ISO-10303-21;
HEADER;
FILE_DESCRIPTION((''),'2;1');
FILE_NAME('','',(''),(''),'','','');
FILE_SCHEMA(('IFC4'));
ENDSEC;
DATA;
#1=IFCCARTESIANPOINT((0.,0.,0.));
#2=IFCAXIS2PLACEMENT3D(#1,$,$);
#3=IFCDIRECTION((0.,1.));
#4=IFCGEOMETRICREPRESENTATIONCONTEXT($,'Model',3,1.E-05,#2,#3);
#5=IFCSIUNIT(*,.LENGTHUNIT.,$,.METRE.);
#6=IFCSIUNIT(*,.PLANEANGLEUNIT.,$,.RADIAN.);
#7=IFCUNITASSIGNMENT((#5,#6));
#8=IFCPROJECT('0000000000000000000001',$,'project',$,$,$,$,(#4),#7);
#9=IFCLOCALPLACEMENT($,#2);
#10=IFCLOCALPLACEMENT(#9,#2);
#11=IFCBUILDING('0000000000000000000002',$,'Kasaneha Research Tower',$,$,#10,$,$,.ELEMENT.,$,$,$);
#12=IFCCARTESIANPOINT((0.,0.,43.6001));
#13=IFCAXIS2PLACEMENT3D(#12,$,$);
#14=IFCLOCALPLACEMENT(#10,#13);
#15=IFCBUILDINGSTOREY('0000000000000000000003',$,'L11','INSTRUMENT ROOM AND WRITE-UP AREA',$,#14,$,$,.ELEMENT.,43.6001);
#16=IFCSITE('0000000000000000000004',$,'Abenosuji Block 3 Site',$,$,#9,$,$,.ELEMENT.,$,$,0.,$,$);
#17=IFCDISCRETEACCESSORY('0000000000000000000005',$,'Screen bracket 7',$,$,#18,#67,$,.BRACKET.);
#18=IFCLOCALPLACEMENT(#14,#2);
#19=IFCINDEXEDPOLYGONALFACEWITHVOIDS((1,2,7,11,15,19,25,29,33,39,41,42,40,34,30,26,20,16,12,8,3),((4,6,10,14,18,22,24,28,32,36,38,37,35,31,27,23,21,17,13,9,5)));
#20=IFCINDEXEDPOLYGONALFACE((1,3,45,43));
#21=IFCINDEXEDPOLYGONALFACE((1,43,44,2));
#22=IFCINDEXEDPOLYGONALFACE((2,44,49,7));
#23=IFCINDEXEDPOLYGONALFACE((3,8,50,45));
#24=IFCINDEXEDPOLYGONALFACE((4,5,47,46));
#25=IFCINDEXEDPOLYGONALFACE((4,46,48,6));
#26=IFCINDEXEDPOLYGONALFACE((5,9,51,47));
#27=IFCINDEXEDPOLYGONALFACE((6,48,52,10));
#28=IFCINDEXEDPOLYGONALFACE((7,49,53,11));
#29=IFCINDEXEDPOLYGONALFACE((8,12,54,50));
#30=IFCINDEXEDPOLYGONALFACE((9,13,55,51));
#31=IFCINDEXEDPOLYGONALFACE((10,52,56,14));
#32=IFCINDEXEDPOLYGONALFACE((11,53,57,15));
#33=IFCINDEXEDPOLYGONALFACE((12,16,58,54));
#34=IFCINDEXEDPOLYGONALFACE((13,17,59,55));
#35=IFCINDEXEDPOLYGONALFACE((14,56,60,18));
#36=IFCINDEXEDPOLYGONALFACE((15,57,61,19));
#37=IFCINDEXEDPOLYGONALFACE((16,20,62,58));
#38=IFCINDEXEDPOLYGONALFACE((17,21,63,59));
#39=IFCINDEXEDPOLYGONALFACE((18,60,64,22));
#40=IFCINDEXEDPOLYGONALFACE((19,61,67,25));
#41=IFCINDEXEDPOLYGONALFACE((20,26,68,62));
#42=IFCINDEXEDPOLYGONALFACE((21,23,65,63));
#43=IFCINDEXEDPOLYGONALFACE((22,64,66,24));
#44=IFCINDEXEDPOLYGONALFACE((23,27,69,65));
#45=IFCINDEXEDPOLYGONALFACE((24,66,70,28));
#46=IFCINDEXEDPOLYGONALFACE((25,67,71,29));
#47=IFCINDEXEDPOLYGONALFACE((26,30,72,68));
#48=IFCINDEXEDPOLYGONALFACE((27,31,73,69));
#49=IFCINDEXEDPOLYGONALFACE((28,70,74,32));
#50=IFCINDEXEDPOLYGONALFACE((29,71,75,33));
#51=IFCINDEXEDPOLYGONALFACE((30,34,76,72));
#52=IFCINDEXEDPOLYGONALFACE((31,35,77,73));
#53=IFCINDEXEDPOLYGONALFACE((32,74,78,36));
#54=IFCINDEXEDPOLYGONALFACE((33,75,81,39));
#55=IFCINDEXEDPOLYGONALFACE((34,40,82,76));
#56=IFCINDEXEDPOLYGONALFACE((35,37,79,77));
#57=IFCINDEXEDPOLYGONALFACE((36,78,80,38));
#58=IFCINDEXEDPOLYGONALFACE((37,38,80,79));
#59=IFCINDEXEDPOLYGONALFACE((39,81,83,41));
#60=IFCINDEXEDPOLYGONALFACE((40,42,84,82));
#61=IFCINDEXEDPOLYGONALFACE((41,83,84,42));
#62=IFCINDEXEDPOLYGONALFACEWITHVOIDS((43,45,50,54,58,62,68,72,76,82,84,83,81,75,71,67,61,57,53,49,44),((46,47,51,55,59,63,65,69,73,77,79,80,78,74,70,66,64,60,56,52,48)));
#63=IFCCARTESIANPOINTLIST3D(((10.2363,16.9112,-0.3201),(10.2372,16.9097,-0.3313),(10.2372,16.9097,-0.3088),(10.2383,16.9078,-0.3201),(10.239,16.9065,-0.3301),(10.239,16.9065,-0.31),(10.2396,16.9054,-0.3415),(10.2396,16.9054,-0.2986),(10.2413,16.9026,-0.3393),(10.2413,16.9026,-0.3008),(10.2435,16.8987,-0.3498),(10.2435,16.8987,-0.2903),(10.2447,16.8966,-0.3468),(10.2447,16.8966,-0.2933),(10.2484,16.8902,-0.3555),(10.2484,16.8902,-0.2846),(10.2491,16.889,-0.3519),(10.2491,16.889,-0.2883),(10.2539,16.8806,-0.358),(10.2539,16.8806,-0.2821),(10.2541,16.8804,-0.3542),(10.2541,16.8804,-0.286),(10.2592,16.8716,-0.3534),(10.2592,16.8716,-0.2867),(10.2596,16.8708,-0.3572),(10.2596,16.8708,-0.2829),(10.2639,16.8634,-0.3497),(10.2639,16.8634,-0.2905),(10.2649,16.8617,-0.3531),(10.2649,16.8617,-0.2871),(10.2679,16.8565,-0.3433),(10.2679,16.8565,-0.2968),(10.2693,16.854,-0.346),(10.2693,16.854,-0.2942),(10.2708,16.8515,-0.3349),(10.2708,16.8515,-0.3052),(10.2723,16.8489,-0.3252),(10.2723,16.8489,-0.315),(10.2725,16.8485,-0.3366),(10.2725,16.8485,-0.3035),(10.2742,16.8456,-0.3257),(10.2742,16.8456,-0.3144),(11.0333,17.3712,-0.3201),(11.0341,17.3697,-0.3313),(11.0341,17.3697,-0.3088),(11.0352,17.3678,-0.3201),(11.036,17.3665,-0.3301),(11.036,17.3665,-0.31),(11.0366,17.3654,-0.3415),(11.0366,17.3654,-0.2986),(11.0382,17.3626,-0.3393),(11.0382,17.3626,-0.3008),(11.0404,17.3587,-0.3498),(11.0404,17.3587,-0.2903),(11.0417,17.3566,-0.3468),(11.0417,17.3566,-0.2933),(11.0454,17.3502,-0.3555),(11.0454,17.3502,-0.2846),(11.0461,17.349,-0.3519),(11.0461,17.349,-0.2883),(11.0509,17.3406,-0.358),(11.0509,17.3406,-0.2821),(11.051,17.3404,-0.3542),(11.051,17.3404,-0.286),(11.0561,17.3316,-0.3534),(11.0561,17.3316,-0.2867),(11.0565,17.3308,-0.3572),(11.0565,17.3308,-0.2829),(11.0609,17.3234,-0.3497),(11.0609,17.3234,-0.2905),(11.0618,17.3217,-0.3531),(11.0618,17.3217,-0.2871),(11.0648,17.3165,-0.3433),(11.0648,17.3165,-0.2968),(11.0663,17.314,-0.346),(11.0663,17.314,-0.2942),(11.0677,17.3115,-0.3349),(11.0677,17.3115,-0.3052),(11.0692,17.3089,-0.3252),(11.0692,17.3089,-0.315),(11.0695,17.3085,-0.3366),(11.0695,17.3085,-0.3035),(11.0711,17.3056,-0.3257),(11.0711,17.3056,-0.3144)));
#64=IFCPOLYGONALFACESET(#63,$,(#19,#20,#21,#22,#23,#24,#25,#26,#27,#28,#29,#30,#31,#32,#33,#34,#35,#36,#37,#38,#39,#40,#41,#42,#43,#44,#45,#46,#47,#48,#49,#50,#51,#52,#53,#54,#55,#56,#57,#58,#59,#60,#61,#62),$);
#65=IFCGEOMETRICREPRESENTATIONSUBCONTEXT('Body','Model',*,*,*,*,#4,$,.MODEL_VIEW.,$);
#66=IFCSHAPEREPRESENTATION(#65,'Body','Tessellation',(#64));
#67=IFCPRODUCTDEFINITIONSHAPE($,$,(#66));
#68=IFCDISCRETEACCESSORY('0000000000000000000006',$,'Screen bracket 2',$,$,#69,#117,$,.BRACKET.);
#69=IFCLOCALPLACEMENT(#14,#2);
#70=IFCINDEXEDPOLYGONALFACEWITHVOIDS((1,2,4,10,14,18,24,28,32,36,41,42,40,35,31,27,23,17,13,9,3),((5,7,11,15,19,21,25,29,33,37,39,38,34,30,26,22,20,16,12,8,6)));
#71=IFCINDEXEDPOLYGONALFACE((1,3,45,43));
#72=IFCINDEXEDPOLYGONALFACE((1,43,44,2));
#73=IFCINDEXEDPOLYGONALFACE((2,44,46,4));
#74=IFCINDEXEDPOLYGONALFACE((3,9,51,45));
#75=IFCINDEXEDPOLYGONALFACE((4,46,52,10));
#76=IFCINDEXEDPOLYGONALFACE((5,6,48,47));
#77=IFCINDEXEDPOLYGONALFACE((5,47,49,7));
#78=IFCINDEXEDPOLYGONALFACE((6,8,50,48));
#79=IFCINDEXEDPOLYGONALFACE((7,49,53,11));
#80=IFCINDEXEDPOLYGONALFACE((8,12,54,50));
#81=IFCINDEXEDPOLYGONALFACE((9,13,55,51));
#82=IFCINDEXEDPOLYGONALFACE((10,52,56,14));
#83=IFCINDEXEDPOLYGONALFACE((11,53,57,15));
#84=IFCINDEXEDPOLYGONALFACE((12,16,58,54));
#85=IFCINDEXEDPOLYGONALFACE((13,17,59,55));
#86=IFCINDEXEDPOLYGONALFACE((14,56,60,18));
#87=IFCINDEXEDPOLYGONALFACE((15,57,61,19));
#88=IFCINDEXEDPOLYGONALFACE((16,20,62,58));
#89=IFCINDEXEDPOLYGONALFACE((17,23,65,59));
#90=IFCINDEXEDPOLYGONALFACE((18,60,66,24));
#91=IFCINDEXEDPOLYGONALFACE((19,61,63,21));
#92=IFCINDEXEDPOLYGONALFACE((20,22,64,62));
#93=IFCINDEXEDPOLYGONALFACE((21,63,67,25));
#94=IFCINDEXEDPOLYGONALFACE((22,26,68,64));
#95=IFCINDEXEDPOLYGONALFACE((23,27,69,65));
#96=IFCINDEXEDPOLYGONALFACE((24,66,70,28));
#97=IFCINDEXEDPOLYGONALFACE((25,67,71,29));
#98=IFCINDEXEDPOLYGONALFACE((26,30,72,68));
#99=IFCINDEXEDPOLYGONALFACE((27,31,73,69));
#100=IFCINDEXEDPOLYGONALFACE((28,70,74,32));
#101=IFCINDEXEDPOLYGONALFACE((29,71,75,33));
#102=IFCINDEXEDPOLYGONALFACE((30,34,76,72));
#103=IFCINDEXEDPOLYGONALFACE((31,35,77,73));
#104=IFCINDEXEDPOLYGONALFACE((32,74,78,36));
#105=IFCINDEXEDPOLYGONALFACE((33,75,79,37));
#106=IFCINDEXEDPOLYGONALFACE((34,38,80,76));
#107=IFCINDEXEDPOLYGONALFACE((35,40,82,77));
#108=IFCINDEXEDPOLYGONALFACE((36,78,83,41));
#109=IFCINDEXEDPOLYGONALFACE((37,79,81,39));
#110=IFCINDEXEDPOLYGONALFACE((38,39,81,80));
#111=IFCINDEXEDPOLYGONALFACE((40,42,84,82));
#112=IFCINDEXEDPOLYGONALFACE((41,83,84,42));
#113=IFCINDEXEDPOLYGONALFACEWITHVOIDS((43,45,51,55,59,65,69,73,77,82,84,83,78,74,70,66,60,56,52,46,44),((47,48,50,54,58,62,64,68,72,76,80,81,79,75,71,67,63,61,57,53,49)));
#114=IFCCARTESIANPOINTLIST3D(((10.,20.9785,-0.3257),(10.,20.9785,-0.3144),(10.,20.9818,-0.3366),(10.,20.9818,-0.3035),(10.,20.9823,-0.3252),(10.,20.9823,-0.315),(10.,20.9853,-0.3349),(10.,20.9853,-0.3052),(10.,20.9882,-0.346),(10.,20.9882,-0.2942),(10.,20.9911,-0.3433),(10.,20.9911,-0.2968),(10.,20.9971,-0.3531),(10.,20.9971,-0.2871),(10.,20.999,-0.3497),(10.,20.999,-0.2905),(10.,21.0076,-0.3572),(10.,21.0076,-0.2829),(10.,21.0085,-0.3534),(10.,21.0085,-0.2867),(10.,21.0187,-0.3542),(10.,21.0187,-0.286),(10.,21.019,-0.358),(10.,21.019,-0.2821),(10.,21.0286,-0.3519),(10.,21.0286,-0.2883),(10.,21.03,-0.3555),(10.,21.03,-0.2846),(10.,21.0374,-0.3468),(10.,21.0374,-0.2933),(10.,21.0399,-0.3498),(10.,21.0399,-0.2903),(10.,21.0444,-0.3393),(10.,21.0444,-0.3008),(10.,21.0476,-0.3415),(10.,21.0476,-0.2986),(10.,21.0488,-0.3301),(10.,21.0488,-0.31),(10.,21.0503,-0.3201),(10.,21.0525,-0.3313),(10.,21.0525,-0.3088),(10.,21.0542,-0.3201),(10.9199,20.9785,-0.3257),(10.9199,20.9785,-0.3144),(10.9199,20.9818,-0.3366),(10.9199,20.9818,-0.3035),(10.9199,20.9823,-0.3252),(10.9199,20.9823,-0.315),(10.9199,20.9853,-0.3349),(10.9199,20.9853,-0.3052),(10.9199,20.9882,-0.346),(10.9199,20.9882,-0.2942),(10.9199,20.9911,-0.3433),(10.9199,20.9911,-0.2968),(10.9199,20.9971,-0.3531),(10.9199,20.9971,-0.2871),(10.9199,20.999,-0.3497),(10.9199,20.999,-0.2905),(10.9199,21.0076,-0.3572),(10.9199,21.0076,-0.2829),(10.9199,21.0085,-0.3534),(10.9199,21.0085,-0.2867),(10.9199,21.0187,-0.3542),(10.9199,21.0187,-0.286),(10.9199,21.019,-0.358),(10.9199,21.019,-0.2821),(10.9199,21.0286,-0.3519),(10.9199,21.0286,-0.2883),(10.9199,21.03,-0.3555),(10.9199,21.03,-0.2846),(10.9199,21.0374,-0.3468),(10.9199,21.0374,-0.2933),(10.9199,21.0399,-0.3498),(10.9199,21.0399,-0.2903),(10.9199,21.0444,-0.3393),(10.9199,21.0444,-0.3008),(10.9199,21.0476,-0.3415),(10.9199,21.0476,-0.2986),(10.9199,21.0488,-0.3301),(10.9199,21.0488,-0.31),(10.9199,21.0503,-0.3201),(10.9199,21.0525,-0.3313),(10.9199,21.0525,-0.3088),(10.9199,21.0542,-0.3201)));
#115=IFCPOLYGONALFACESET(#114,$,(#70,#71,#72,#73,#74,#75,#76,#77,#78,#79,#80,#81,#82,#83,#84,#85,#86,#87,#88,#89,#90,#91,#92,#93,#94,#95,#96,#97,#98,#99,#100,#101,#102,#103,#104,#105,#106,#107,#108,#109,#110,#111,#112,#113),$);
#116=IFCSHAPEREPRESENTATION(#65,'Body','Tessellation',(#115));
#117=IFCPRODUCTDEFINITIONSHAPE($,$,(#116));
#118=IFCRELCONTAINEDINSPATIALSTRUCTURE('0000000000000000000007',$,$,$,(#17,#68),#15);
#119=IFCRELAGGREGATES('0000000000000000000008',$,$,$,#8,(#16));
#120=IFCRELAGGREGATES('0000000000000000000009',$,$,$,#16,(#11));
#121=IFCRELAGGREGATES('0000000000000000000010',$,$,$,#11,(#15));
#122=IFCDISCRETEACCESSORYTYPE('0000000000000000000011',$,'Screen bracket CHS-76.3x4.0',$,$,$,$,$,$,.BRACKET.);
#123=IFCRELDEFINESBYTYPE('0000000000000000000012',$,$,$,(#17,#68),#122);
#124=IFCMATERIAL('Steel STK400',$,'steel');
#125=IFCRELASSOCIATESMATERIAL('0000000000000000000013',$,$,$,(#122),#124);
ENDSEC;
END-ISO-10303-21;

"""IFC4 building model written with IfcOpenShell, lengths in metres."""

from ifc_helpers import new_model, si_unit, direction, frame, origin, origin_2d, place, context, subcontext, project, spatial, hollow_circle, extrude, material, material_profile, profile_set, type_object, element, save


model = new_model("IFC4")

# Units and contexts
model_context = context("Model", 3, precision=1e-05, world=origin(), true_north=direction((0.0, 1.0)))
body_context = subcontext(model_context, "Body", "Model", "MODEL_VIEW")
ifc_project = project(units=[si_unit("LENGTHUNIT", "METRE"), si_unit("PLANEANGLEUNIT", "RADIAN")], contexts=[model_context])

# Site, building, storey
site_placement = place(None, origin())
site = spatial("IfcSite", under=ifc_project, at=site_placement, Name="Abenosuji Block 3 Site", CompositionType="ELEMENT", RefElevation=0.0)
building_placement = place(site_placement, origin())
building = spatial("IfcBuilding", under=site, at=building_placement, Name="Kasaneha Research Tower", CompositionType="ELEMENT")
storey_placement = place(building_placement, frame((0.0, 0.0, 43.6001)))
storey = spatial("IfcBuildingStorey", under=building, at=storey_placement, Name="L11", Description="INSTRUMENT ROOM AND WRITE-UP AREA", CompositionType="ELEMENT", Elevation=43.6001)

# Discrete accessories
ifc_material_1 = material(Name="Steel STK400", Category="steel")
ifc_material_profile_1 = material_profile(ifc_material_1, hollow_circle(Radius=0.0381, WallThickness=0.0039, at=origin_2d()), Name="CHS-76.3x4.0")
ifc_profile_set_1 = profile_set([ifc_material_profile_1], Name="Steel STK400")
discrete_accessory_type = type_object("IfcDiscreteAccessoryType", Name="Screen bracket CHS-76.3x4.0", PredefinedType="BRACKET", material=ifc_profile_set_1)
discrete_accessory_1_placement = place(storey_placement, frame((10.2554, 16.8782, -0.3201), z_axis=(0.86608, 0.499906, 0.0), x_axis=(-0.499906, 0.86608, 0.0)))
element("IfcDiscreteAccessory", 1, at=discrete_accessory_1_placement, inside=storey, type_object=discrete_accessory_type, Name="Screen bracket 7", PredefinedType="BRACKET", context=body_context, shape_type="SweptSolid", body=[
    extrude(hollow_circle(Radius=0.0381, WallThickness=0.0039, at=origin_2d()), origin(), (0.0, 0.0, 1.0), 0.9202),
])
discrete_accessory_2_placement = place(storey_placement, frame((10.0, 21.0161, -0.3201), z_axis=(1.0, 0.0, 0.0), x_axis=(0.0, 1.0, 0.0)))
element("IfcDiscreteAccessory", 2, at=discrete_accessory_2_placement, inside=storey, type_object=discrete_accessory_type, Name="Screen bracket 2", PredefinedType="BRACKET", context=body_context, shape_type="SweptSolid", body=[
    extrude(hollow_circle(Radius=0.0381, WallThickness=0.0039, at=origin_2d()), origin(), (0.0, 0.0, 1.0), 0.9199),
])

save(model, "model.ifc")
